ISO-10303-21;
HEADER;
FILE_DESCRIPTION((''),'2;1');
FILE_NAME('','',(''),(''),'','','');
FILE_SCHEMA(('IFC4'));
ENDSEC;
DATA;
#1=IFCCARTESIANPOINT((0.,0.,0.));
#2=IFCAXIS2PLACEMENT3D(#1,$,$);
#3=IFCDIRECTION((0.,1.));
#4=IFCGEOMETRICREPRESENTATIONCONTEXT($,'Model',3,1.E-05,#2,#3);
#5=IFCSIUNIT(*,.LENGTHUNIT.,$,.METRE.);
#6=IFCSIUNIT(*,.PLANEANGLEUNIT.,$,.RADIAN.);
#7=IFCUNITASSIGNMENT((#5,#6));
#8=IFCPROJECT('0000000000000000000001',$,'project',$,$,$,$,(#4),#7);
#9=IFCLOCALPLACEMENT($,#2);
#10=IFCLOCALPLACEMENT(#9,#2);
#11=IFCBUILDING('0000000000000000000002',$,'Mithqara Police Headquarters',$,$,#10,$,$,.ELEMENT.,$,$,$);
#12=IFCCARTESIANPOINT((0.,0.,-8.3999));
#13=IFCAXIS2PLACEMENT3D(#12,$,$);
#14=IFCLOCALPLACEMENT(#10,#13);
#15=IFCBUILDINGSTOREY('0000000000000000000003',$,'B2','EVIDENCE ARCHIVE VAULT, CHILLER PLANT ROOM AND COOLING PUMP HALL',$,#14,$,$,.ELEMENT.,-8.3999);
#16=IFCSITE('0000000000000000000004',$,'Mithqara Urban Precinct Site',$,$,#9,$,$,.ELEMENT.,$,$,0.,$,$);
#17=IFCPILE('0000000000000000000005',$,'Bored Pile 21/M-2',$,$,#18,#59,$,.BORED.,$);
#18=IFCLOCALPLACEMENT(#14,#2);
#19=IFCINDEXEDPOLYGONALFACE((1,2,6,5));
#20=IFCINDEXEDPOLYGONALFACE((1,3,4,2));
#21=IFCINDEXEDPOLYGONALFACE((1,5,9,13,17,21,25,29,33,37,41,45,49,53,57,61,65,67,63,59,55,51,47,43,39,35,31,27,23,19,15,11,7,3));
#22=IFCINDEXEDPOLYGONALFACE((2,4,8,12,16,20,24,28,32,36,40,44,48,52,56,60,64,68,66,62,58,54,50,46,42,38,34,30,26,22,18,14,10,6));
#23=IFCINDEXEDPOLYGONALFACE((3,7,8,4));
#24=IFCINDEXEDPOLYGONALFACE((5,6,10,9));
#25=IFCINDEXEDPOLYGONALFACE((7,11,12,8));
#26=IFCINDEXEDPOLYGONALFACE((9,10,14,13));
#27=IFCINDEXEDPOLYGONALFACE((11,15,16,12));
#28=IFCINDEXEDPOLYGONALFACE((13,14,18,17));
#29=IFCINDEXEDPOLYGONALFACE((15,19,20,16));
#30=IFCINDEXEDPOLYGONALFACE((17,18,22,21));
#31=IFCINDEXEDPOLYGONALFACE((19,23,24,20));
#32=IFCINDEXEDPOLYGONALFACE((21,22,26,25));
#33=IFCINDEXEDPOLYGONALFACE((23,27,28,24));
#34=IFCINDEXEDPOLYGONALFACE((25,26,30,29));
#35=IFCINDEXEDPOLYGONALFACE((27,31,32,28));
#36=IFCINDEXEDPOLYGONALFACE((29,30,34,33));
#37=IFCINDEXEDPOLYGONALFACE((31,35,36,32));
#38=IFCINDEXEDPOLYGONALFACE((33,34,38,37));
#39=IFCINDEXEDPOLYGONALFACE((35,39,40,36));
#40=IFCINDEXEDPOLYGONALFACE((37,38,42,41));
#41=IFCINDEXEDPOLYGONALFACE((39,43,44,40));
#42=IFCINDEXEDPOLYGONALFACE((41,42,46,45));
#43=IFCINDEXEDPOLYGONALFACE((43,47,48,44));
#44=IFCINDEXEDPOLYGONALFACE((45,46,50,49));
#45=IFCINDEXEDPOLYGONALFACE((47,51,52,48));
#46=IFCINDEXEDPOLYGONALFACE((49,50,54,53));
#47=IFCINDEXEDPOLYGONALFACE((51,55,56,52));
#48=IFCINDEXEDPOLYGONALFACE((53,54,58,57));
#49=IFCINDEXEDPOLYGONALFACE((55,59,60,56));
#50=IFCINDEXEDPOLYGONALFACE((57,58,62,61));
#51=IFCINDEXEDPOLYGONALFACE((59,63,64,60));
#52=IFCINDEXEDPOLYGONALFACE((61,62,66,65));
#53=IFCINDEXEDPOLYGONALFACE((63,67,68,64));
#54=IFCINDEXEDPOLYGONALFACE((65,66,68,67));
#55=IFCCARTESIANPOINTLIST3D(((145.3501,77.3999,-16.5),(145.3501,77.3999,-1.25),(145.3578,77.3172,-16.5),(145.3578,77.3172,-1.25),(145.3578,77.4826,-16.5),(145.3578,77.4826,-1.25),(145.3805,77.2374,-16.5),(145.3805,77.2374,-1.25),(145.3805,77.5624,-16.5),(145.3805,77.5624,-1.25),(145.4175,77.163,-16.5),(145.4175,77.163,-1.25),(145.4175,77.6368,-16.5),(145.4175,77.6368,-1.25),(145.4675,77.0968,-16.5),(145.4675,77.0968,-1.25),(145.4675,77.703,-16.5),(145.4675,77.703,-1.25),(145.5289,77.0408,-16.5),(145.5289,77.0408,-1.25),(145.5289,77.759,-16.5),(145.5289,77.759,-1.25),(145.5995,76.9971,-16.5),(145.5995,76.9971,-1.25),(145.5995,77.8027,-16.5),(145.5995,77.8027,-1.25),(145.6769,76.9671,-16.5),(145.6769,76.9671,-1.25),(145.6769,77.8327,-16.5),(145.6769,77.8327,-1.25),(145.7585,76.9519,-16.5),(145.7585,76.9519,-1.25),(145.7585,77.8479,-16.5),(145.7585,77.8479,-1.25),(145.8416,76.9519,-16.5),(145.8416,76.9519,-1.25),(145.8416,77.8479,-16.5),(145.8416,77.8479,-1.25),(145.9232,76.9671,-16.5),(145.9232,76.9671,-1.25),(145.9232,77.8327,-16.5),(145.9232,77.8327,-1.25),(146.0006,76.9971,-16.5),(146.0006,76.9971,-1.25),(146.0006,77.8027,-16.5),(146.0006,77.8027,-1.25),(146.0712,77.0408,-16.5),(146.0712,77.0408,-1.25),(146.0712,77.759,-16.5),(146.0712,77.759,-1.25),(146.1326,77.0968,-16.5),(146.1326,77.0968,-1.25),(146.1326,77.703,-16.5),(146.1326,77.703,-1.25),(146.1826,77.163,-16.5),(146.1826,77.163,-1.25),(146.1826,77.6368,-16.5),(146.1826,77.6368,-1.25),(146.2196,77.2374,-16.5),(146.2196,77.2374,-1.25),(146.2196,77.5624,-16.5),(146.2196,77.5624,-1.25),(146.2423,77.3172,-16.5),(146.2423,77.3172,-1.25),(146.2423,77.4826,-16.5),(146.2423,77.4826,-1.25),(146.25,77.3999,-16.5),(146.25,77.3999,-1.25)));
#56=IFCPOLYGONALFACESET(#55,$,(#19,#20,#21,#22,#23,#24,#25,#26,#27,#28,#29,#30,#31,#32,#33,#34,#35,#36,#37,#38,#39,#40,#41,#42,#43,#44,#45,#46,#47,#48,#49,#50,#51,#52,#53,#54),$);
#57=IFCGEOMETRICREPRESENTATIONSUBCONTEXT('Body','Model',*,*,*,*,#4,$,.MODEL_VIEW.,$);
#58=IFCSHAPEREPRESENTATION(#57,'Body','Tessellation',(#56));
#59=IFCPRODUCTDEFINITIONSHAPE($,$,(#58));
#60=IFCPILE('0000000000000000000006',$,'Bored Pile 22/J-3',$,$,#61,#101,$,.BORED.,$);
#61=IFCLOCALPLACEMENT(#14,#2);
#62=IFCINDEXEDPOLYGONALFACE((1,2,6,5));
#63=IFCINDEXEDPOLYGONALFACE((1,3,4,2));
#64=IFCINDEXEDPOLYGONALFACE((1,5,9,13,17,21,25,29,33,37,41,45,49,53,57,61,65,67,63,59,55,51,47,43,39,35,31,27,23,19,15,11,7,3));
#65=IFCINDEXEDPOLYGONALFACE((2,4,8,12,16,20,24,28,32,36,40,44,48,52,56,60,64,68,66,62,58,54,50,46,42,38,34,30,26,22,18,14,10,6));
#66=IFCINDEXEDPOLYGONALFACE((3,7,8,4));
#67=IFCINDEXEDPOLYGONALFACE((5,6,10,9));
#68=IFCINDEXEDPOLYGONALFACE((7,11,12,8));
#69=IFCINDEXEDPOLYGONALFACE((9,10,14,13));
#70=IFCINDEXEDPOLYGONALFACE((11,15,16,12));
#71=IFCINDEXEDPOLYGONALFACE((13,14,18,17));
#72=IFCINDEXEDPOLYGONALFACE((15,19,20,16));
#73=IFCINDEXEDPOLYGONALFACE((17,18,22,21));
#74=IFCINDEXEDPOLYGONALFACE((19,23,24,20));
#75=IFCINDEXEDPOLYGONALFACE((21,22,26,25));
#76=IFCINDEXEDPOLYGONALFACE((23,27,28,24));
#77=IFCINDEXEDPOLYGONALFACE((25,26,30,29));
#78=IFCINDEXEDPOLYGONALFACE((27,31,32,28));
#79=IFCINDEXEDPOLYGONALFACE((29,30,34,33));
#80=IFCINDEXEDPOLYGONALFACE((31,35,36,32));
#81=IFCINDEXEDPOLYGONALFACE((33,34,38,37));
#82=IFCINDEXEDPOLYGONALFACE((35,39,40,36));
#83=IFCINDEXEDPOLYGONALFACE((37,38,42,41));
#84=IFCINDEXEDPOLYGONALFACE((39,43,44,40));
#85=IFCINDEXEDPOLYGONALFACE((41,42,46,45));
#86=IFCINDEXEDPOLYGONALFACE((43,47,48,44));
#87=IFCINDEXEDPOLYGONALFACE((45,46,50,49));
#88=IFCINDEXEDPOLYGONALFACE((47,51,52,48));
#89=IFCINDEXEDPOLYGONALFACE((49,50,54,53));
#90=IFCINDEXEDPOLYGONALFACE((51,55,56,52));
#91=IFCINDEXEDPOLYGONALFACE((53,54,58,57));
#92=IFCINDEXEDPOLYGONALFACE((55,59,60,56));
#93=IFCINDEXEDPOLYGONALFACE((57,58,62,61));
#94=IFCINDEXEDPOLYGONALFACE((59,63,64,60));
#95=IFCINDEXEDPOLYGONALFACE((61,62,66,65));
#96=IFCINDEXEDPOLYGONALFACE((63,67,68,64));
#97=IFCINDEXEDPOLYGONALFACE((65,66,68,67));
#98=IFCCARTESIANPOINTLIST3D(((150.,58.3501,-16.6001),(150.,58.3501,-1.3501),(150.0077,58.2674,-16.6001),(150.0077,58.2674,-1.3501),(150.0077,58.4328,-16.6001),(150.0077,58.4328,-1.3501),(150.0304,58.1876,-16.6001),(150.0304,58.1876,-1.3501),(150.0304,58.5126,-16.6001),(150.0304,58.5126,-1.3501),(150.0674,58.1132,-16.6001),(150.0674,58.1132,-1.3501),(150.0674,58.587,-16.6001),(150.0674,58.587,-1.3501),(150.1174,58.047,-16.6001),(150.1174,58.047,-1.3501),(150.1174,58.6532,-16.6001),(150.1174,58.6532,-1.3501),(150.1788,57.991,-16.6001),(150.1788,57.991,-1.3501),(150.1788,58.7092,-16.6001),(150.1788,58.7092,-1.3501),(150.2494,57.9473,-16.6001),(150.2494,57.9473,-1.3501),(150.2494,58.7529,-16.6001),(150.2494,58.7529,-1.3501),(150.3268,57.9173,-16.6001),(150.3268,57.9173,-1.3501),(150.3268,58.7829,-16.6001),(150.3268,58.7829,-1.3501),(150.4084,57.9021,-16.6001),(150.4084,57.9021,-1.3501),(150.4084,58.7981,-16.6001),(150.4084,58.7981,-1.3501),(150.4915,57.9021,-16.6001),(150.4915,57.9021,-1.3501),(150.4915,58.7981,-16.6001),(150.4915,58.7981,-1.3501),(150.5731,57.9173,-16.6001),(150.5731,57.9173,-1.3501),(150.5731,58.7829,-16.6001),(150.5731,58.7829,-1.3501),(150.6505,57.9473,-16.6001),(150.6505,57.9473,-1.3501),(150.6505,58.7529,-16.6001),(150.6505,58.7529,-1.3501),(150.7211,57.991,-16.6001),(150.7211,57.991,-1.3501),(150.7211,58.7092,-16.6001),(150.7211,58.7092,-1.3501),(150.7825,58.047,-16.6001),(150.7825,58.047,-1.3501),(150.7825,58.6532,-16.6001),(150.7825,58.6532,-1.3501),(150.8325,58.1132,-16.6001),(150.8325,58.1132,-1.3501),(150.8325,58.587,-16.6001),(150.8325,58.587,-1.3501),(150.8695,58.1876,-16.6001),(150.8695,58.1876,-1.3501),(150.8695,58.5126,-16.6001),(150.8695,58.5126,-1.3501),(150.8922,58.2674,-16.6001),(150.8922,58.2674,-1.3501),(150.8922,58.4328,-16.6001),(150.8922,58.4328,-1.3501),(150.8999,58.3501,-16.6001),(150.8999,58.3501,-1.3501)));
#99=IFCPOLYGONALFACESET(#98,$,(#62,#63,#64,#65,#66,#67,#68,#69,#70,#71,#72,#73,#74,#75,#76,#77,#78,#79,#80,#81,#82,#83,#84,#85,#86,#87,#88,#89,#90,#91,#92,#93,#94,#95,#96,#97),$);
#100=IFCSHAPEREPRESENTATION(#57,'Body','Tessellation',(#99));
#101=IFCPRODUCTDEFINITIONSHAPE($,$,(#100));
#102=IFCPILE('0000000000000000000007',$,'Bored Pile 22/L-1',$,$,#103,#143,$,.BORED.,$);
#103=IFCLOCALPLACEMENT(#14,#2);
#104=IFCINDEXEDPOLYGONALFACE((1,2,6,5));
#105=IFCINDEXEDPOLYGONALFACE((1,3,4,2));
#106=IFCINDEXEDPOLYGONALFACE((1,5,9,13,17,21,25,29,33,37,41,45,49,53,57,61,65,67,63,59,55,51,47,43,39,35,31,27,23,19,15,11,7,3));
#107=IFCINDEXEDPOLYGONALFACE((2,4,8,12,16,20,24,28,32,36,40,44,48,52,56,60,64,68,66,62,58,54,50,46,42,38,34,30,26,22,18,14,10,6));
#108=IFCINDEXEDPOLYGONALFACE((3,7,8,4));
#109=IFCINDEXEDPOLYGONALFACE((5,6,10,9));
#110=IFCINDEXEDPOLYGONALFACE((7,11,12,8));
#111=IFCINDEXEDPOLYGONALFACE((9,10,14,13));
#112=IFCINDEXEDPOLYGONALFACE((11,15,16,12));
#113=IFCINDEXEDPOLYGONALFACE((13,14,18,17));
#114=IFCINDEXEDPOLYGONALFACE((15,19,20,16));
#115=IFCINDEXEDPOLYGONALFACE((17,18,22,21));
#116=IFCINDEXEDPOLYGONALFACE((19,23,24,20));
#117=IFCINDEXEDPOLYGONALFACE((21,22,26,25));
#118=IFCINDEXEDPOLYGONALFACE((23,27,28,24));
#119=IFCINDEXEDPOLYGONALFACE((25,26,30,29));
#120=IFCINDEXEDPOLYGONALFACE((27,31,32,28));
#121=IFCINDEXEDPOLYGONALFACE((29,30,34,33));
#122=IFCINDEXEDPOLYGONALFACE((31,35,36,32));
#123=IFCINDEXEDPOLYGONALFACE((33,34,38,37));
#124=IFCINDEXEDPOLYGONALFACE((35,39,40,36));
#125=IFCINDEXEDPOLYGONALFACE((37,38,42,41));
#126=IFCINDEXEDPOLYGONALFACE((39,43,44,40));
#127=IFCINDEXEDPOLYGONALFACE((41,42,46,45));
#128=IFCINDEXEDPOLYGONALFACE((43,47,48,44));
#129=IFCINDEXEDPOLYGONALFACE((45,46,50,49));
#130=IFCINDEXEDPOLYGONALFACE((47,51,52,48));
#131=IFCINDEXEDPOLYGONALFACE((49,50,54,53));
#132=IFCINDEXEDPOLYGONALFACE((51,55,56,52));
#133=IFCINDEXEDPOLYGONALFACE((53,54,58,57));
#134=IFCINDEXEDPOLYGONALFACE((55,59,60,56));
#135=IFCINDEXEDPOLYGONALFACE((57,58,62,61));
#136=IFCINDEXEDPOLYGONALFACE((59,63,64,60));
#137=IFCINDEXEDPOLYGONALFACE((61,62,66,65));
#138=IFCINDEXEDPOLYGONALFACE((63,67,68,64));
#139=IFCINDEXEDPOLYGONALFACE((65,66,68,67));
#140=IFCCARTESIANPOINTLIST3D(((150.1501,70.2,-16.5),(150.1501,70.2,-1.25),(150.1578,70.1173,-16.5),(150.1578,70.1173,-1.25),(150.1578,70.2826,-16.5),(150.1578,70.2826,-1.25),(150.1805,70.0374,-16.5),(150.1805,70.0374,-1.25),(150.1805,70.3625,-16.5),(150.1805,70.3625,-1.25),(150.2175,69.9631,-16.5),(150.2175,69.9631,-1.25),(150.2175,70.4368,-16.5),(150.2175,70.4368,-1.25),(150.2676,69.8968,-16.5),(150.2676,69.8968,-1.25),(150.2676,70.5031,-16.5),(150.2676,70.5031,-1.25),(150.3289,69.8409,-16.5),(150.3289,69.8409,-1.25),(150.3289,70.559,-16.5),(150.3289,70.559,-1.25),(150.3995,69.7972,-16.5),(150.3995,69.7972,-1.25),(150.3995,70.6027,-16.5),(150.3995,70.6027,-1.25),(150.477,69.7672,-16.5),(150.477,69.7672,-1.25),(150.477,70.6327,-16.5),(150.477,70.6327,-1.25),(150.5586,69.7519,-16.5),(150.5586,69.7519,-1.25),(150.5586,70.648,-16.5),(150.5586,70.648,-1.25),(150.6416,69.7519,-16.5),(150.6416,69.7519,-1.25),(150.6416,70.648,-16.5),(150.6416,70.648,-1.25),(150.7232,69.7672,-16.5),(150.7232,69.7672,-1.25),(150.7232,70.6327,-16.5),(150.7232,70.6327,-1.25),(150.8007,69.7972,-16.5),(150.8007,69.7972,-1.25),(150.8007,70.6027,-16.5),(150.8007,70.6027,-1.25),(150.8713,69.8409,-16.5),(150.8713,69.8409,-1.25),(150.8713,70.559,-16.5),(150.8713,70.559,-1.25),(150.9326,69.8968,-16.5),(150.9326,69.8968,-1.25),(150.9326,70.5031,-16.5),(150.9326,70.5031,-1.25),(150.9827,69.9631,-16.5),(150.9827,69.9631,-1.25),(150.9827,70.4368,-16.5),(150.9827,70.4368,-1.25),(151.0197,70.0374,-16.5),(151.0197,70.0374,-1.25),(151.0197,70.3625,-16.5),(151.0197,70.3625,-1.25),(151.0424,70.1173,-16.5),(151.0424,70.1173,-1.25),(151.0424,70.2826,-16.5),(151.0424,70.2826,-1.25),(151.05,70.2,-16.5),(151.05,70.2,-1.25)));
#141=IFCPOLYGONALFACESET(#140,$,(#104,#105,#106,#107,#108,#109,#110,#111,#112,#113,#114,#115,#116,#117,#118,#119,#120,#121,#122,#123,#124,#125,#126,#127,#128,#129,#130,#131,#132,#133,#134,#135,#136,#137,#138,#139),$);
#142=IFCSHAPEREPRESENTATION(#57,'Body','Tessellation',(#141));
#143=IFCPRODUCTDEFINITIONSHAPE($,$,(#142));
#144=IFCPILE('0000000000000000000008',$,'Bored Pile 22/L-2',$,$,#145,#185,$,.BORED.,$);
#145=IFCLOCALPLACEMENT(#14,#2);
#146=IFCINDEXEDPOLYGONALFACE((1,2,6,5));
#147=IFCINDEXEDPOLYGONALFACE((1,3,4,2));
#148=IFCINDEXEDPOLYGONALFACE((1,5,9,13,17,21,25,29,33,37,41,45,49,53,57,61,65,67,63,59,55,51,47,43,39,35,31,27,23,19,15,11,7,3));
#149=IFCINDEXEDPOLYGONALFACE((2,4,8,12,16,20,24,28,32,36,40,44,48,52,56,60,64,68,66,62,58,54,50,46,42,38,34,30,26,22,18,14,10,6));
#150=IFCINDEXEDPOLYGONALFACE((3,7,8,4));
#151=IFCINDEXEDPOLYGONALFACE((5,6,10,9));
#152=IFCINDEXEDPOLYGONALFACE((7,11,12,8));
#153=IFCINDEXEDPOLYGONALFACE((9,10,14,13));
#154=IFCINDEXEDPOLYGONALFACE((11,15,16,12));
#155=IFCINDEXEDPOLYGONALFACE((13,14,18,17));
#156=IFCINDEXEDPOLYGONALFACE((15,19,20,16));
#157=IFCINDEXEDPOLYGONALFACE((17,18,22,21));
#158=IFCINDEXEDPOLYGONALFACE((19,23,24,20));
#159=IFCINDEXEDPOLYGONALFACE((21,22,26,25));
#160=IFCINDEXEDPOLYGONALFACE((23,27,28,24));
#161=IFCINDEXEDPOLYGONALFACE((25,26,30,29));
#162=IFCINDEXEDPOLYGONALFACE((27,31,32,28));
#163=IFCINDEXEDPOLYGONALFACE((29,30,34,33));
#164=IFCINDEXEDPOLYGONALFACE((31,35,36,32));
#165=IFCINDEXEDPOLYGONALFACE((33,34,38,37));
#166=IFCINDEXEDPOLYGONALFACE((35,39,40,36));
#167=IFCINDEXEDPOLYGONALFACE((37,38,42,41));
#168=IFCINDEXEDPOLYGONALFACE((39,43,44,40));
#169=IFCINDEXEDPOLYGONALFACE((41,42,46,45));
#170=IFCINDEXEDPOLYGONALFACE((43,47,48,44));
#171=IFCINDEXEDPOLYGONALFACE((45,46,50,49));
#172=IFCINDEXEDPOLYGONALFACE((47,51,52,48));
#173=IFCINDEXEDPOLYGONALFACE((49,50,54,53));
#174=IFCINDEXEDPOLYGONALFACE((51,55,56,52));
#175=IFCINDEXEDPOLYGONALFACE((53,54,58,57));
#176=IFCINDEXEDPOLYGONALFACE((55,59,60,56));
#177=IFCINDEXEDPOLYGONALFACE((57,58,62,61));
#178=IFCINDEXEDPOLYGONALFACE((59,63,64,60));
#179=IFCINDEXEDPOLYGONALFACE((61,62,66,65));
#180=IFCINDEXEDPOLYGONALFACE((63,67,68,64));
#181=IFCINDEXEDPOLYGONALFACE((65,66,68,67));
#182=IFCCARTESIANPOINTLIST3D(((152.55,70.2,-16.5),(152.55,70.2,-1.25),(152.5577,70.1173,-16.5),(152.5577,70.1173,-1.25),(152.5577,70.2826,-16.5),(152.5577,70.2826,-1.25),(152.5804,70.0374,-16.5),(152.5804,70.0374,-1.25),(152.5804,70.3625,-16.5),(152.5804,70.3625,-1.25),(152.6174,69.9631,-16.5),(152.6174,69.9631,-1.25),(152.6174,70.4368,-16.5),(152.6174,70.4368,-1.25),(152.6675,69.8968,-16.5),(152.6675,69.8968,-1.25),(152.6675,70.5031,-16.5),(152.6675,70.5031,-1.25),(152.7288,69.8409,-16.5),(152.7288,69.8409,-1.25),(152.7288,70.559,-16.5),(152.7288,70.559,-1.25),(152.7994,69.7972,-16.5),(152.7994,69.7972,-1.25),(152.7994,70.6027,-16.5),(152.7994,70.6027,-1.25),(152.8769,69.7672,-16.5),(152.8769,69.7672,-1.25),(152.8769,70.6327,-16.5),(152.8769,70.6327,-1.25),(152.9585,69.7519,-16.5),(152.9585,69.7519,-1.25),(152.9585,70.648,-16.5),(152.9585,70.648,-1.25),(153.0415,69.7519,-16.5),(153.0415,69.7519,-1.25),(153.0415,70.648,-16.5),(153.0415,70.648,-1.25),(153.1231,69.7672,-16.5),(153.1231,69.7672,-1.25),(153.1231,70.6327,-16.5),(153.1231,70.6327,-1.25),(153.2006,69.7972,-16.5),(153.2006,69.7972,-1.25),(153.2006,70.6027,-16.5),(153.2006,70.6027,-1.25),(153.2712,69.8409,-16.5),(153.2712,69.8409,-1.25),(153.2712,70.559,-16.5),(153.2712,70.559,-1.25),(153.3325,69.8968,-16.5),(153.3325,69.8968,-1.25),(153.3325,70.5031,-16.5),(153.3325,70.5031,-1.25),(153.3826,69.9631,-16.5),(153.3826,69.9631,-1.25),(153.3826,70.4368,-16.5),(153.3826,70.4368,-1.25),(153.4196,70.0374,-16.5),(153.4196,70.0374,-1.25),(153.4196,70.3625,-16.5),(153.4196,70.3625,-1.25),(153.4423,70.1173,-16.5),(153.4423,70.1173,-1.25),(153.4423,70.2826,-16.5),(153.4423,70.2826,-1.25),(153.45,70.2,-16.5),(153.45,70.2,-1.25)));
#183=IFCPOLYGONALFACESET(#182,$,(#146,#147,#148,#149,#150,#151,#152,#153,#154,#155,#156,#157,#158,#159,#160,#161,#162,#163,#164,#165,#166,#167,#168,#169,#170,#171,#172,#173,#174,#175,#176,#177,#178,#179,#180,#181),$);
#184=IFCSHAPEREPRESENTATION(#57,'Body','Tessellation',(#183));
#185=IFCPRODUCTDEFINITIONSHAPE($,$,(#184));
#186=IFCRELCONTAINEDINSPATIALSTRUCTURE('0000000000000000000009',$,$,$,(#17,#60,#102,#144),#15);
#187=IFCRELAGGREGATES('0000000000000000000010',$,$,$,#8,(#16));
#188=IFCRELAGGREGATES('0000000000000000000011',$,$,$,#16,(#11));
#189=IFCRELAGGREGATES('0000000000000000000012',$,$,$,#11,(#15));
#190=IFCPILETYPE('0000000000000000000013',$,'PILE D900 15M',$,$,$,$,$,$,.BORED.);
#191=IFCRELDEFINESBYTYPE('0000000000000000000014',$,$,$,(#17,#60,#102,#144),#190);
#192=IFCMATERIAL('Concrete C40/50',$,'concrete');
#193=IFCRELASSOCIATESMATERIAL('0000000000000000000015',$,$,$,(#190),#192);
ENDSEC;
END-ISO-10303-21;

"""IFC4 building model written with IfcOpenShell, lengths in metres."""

from ifc_helpers import new_model, si_unit, direction, frame, origin, origin_2d, place, context, subcontext, project, spatial, circle, extrude, material, material_profile, profile_set, type_object, element, save


model = new_model("IFC4")

# Units and contexts
model_context = context("Model", 3, precision=1e-05, world=origin(), true_north=direction((0.0, 1.0)))
body_context = subcontext(model_context, "Body", "Model", "MODEL_VIEW")
ifc_project = project(units=[si_unit("LENGTHUNIT", "METRE"), si_unit("PLANEANGLEUNIT", "RADIAN")], contexts=[model_context])

# Site, building, storey
site_placement = place(None, origin())
site = spatial("IfcSite", under=ifc_project, at=site_placement, Name="Mithqara Urban Precinct Site", CompositionType="ELEMENT", RefElevation=0.0)
building_placement = place(site_placement, origin())
building = spatial("IfcBuilding", under=site, at=building_placement, Name="Mithqara Police Headquarters", CompositionType="ELEMENT")
storey_placement = place(building_placement, frame((0.0, 0.0, -8.3999)))
storey = spatial("IfcBuildingStorey", under=building, at=storey_placement, Name="B2", Description="EVIDENCE ARCHIVE VAULT, CHILLER PLANT ROOM AND COOLING PUMP HALL", CompositionType="ELEMENT", Elevation=-8.3999)

# Shared definitions
ifc_material_1 = material(Name="Concrete C40/50", Category="concrete")

# Piles
ifc_material_profile_1 = material_profile(ifc_material_1, circle(Radius=0.45, at=origin_2d()), Name="PILE D900")
ifc_profile_set_1 = profile_set([ifc_material_profile_1], Name="Concrete C40/50")
pile_type_1 = type_object("IfcPileType", Name="PILE D900 15M", PredefinedType="BORED", material=ifc_profile_set_1)
for number, where, z_axis, x_axis, name in (
    (1, (145.8, 77.3999, -1.25), (0.0, 0.0, -1.0), (1.0, 0.0, 0.0), "Bored Pile 21/M-2"),
    (2, (150.45, 58.3501, -1.3501), (0.0, 0.0, -1.0), (1.0, 0.0, 0.0), "Bored Pile 22/J-3"),
    (3, (150.6001, 70.2, -1.25), (0.0, 0.0, -1.0), (1.0, 0.0, 0.0), "Bored Pile 22/L-1"),
    (4, (153.0, 70.2, -1.25), (0.0, 0.0, -1.0), (1.0, 0.0, 0.0), "Bored Pile 22/L-2"),
):
    element("IfcPile", number, at=place(storey_placement, frame(where, z_axis=z_axis, x_axis=x_axis)), inside=storey, type_object=pile_type_1, Name=name, PredefinedType="BORED", context=body_context, shape_type="SweptSolid", body=[
        extrude(circle(Radius=0.45, at=origin_2d()), origin(), (0.0, 0.0, 1.0), 15.25),
    ])

save(model, "model.ifc")
